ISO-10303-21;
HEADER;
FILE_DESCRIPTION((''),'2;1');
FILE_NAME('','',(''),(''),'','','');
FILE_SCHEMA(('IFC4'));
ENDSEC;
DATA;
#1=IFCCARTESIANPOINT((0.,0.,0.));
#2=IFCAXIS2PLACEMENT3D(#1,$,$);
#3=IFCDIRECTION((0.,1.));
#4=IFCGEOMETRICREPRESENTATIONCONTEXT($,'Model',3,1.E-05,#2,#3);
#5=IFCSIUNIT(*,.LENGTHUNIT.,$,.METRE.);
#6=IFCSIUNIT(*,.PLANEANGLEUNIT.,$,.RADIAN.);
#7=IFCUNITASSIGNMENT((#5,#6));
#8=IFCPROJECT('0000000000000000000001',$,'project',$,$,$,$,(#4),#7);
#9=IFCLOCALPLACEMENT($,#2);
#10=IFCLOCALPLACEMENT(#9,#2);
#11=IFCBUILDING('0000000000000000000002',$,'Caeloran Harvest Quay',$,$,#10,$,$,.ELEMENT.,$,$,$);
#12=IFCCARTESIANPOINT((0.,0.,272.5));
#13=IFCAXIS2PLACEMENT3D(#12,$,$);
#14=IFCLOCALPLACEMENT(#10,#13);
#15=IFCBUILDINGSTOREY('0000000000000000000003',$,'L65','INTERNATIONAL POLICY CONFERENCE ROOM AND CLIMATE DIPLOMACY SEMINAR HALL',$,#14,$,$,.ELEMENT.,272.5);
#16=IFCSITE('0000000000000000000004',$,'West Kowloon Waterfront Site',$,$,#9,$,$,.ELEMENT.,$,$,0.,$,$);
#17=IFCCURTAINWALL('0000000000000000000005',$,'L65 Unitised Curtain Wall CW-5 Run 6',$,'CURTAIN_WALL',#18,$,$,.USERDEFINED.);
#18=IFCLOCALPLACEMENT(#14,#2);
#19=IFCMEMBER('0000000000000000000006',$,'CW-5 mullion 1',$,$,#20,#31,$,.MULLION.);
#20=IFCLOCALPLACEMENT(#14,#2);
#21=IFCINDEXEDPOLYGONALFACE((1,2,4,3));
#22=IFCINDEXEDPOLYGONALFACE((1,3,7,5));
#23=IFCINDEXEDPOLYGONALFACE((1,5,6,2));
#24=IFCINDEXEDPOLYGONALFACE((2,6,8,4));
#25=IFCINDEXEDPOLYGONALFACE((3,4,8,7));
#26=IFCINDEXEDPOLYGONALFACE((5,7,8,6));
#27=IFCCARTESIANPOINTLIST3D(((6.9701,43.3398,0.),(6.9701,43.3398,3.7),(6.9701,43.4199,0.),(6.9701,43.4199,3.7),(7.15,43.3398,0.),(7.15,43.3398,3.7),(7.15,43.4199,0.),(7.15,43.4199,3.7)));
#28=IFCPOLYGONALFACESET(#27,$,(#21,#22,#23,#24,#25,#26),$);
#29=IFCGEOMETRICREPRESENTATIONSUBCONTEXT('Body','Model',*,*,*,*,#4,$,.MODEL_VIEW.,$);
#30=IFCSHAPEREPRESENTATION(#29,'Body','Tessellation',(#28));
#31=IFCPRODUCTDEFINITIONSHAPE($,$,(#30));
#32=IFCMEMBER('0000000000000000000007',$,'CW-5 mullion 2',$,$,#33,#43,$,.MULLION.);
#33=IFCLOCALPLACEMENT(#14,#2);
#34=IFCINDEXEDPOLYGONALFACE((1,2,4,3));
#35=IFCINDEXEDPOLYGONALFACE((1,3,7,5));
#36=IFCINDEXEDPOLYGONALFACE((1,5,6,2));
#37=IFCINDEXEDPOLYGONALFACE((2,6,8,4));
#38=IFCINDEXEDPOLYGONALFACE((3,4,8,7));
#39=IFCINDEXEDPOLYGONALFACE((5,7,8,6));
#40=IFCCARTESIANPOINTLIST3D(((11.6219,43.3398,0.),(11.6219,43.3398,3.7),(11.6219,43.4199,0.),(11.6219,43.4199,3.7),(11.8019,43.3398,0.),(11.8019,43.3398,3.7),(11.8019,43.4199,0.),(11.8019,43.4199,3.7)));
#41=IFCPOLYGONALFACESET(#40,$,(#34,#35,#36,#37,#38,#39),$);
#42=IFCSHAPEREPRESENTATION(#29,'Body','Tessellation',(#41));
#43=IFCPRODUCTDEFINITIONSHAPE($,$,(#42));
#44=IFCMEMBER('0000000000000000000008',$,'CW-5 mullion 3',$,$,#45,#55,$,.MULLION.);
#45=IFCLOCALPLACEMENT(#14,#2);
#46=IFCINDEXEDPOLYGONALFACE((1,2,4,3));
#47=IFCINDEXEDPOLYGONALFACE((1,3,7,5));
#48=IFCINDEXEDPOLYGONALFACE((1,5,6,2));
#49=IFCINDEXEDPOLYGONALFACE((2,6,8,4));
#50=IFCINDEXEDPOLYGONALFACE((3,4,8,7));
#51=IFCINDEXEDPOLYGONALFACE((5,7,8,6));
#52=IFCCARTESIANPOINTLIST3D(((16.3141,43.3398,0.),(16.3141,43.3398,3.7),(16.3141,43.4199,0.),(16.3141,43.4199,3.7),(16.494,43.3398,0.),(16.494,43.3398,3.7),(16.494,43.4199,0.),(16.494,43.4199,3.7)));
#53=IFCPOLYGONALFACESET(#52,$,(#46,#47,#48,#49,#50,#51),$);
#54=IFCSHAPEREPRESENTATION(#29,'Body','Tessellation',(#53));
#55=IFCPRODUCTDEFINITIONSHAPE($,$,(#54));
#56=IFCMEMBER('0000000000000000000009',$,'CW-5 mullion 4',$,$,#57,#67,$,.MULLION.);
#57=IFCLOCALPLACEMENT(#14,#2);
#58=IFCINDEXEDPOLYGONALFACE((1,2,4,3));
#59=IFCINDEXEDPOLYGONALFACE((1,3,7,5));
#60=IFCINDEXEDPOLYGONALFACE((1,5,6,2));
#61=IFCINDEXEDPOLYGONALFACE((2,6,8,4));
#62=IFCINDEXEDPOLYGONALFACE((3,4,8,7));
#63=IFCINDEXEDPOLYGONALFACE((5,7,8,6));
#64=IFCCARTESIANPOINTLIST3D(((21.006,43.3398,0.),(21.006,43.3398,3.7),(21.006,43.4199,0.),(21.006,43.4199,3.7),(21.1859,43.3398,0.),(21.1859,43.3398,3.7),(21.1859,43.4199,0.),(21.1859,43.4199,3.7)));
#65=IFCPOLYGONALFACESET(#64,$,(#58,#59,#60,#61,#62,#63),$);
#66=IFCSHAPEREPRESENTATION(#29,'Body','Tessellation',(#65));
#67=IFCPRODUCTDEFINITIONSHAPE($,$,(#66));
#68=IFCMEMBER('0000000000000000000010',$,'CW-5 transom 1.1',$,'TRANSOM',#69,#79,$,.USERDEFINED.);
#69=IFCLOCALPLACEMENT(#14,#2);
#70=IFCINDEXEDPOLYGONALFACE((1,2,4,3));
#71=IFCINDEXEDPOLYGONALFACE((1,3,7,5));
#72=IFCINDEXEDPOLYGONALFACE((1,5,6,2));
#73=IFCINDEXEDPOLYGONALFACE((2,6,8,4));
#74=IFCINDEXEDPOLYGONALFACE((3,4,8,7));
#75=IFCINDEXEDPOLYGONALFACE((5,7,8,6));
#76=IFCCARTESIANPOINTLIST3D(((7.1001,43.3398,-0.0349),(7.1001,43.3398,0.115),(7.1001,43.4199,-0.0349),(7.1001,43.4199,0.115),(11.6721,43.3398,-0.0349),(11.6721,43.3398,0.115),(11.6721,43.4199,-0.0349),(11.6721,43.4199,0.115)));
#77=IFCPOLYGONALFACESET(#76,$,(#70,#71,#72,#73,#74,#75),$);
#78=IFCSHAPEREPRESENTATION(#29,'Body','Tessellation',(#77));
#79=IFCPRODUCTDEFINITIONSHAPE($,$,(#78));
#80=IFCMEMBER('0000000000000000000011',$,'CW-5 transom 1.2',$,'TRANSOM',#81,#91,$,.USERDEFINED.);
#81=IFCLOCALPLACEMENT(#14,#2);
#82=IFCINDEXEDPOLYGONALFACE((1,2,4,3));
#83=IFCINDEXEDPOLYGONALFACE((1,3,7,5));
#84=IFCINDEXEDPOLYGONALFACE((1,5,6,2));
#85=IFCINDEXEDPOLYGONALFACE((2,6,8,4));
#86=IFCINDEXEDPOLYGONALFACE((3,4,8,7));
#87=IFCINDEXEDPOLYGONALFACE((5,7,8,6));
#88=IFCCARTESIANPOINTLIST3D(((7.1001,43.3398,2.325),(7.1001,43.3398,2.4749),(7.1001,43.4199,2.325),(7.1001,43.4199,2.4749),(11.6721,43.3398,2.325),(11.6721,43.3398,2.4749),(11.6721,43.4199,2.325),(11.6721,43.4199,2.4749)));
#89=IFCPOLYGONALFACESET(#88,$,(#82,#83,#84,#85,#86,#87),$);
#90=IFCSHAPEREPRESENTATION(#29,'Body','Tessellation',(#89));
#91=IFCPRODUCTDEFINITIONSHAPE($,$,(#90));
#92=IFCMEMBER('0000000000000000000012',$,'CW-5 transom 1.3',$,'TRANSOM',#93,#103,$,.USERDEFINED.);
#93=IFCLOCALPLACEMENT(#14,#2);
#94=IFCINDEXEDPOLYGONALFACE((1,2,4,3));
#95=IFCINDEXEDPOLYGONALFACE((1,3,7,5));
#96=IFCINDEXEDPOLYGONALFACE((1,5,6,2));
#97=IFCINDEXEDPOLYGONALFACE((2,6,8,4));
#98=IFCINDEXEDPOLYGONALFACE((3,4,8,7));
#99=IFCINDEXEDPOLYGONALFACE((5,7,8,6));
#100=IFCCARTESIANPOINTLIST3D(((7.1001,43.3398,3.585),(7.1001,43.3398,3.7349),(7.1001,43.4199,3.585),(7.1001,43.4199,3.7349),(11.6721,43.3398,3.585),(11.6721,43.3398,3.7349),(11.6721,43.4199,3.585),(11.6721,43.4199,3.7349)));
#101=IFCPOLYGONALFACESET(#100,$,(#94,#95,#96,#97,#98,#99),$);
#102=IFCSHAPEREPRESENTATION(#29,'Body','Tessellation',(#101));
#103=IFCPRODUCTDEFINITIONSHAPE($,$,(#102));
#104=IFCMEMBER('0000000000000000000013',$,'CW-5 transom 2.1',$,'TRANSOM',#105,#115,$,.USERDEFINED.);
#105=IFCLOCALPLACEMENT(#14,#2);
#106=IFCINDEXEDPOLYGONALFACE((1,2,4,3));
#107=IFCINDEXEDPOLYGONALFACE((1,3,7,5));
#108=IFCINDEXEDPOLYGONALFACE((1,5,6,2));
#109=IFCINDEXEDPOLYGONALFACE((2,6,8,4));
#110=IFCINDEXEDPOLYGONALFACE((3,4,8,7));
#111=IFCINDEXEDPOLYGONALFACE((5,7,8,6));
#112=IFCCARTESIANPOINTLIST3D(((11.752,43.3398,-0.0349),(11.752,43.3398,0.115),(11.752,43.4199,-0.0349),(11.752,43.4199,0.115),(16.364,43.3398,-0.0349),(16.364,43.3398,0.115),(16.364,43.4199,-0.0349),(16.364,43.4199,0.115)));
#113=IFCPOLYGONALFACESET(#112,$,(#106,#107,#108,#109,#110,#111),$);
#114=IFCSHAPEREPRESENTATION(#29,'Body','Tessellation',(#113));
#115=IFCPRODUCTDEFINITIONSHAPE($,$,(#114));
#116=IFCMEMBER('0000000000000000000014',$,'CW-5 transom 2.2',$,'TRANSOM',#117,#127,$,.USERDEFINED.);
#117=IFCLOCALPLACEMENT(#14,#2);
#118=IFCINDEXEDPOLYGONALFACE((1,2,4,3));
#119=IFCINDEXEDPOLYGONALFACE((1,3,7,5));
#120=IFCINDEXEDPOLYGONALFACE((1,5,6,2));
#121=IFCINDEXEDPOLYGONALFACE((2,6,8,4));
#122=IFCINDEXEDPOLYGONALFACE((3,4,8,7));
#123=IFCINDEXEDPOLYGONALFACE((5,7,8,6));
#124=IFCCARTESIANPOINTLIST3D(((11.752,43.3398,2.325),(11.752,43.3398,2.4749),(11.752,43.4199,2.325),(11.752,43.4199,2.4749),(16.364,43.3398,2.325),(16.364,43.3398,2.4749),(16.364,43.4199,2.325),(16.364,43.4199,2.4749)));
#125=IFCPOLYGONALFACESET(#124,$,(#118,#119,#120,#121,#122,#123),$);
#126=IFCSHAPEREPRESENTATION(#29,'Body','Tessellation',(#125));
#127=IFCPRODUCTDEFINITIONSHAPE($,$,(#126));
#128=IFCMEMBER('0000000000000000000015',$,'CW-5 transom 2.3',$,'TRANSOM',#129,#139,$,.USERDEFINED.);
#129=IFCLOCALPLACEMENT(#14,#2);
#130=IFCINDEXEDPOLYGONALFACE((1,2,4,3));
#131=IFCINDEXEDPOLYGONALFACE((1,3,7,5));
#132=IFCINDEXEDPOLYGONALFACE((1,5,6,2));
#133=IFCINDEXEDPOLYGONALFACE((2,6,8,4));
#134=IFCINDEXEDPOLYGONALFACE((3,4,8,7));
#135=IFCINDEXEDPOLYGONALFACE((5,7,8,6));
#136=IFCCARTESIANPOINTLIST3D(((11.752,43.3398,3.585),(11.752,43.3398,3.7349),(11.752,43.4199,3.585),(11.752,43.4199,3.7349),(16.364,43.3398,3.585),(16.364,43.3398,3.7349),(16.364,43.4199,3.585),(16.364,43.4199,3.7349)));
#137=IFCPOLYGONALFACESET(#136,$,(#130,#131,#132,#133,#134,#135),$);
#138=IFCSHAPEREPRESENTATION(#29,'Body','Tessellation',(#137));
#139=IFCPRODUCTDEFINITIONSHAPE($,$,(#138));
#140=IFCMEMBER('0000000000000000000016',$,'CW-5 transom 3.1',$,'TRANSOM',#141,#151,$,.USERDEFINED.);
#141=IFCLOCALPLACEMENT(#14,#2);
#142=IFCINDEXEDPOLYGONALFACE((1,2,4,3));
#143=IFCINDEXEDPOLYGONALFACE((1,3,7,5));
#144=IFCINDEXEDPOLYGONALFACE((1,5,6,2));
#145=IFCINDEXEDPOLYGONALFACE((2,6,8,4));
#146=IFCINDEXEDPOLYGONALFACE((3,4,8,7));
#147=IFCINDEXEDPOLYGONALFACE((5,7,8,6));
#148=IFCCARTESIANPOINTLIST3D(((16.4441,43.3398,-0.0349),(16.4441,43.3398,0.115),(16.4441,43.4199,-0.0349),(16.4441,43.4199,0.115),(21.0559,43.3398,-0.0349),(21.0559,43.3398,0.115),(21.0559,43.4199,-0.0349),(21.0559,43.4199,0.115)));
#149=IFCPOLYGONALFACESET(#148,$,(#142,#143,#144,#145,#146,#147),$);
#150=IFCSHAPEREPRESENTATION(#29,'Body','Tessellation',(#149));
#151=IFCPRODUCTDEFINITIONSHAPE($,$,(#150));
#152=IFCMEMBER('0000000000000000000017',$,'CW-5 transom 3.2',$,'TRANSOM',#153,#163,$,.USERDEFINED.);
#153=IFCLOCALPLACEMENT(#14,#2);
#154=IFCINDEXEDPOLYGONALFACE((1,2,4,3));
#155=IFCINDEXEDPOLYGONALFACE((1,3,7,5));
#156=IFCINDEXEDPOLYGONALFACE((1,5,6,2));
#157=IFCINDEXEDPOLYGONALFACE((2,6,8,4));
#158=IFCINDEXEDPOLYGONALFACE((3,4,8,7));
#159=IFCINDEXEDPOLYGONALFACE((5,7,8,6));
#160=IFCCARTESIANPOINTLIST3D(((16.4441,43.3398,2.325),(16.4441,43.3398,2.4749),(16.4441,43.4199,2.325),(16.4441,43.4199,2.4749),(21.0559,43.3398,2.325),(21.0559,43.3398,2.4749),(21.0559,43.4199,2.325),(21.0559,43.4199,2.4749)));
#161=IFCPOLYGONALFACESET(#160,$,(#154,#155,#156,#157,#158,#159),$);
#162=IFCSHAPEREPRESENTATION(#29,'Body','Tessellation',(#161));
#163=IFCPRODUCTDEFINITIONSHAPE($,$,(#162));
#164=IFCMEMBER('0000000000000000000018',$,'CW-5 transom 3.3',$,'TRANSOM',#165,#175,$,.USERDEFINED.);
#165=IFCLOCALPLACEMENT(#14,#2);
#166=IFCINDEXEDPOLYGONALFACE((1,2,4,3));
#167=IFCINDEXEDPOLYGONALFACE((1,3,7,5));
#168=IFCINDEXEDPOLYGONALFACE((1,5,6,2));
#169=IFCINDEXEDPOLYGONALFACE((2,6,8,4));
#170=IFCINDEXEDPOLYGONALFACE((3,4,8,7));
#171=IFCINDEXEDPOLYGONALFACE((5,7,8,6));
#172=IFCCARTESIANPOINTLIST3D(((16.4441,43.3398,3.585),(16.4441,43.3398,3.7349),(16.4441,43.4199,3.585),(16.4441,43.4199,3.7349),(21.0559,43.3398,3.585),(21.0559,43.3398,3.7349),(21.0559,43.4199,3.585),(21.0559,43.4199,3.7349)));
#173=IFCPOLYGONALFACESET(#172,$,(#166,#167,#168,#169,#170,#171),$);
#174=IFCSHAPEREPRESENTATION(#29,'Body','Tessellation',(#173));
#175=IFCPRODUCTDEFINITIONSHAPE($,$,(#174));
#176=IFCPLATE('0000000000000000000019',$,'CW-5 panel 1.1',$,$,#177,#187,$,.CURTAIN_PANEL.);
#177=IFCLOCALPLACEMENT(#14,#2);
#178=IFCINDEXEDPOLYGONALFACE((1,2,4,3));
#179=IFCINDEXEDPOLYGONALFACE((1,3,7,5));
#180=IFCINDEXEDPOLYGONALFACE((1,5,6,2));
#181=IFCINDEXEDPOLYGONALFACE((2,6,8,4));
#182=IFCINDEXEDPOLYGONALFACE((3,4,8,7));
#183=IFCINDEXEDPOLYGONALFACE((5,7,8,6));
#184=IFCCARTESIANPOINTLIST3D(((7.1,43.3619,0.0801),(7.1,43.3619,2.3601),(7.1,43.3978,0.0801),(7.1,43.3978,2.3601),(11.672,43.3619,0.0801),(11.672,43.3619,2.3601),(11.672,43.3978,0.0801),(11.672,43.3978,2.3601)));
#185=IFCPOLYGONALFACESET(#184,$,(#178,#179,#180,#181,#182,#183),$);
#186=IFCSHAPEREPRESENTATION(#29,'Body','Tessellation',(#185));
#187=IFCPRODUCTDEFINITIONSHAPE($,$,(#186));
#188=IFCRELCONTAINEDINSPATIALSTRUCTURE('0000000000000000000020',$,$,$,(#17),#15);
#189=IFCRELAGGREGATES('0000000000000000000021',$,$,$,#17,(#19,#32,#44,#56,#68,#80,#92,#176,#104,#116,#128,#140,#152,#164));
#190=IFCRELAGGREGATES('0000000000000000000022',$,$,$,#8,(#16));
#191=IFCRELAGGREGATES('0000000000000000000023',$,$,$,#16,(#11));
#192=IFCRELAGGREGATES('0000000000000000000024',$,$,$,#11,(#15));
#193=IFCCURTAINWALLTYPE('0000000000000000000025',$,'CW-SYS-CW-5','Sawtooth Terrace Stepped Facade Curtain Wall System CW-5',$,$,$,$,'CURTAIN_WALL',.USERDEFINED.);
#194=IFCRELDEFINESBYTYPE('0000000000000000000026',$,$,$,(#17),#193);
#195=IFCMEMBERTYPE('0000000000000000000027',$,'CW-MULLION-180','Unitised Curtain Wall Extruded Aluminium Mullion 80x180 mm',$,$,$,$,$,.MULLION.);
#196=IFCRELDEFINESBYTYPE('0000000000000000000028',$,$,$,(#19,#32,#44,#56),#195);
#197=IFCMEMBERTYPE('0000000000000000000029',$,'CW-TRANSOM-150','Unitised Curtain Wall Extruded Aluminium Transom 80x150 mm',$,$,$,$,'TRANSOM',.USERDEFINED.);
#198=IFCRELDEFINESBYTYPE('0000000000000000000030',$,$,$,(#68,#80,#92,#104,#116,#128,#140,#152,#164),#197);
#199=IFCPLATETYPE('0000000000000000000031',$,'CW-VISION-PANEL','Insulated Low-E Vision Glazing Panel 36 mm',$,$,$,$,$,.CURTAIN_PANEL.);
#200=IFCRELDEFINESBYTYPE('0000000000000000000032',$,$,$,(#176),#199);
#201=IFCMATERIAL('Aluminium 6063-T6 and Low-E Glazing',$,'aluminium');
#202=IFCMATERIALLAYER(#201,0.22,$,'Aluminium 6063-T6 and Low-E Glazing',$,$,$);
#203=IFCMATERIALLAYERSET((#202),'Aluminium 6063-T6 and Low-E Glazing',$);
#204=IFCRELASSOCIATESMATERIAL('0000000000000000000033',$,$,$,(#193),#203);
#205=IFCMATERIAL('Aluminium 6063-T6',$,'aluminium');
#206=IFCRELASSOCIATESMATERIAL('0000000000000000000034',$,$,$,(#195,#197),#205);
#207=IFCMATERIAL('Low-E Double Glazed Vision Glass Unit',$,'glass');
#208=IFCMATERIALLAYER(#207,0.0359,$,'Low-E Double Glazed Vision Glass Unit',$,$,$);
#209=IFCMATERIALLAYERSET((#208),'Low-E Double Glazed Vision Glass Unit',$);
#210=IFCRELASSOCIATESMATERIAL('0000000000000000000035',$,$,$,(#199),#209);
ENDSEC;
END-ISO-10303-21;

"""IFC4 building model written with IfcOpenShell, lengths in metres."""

from ifc_helpers import new_model, si_unit, direction, frame, origin, origin_2d, place, context, subcontext, project, spatial, rectangle, extrude, material, layer, layer_set, material_profile, profile_set, type_object, element, aggregate, save


model = new_model("IFC4")

# Units and contexts
model_context = context("Model", 3, precision=1e-05, world=origin(), true_north=direction((0.0, 1.0)))
body_context = subcontext(model_context, "Body", "Model", "MODEL_VIEW")
ifc_project = project(units=[si_unit("LENGTHUNIT", "METRE"), si_unit("PLANEANGLEUNIT", "RADIAN")], contexts=[model_context])

# Site, building, storey
site_placement = place(None, origin())
site = spatial("IfcSite", under=ifc_project, at=site_placement, Name="West Kowloon Waterfront Site", CompositionType="ELEMENT", RefElevation=0.0)
building_placement = place(site_placement, origin())
building = spatial("IfcBuilding", under=site, at=building_placement, Name="Caeloran Harvest Quay", CompositionType="ELEMENT")
storey_placement = place(building_placement, frame((0.0, 0.0, 272.5)))
storey = spatial("IfcBuildingStorey", under=building, at=storey_placement, Name="L65", Description="INTERNATIONAL POLICY CONFERENCE ROOM AND CLIMATE DIPLOMACY SEMINAR HALL", CompositionType="ELEMENT", Elevation=272.5)

# Curtain wall, members, plate
ifc_material_1 = material(Name="Aluminium 6063-T6 and Low-E Glazing", Category="aluminium")
ifc_layer_1 = layer(ifc_material_1, 0.22, Name="Aluminium 6063-T6 and Low-E Glazing")
ifc_layer_set_1 = layer_set([ifc_layer_1], Name="Aluminium 6063-T6 and Low-E Glazing")
curtain_wall_type = type_object("IfcCurtainWallType", Name="CW-SYS-CW-5", Description="Sawtooth Terrace Stepped Facade Curtain Wall System CW-5", ElementType="CURTAIN_WALL", PredefinedType="USERDEFINED", material=ifc_layer_set_1)
curtain_wall_placement = place(storey_placement, origin())
curtain_wall = element("IfcCurtainWall", 1, at=curtain_wall_placement, inside=storey, type_object=curtain_wall_type, Name="L65 Unitised Curtain Wall CW-5 Run 6", ObjectType="CURTAIN_WALL", PredefinedType="USERDEFINED")
ifc_material_2 = material(Name="Aluminium 6063-T6", Category="aluminium")
ifc_material_profile_1 = material_profile(ifc_material_2, rectangle(XDim=0.0801, YDim=0.1799, at=origin_2d()), Name="CW-MULLION-180")
ifc_profile_set_1 = profile_set([ifc_material_profile_1], Name="Aluminium 6063-T6")
member_type_1 = type_object("IfcMemberType", Name="CW-MULLION-180", Description="Unitised Curtain Wall Extruded Aluminium Mullion 80x180 mm", PredefinedType="MULLION", material=ifc_profile_set_1)
member_1_placement = place(storey_placement, frame((7.0601, 43.3799, 0.0), z_axis=(0.0, 0.0, 1.0), x_axis=(0.0, 1.0, 0.0)))
member_1 = element("IfcMember", 2, at=member_1_placement, type_object=member_type_1, Name="CW-5 mullion 1", PredefinedType="MULLION", context=body_context, shape_type="SweptSolid", body=[
    extrude(rectangle(XDim=0.0801, YDim=0.1799, at=origin_2d()), origin(), (0.0, 0.0, 1.0), 3.7),
])
member_2_placement = place(storey_placement, frame((11.7119, 43.3799, 0.0), z_axis=(0.0, 0.0, 1.0), x_axis=(0.0, 1.0, 0.0)))
member_2 = element("IfcMember", 3, at=member_2_placement, type_object=member_type_1, Name="CW-5 mullion 2", PredefinedType="MULLION", context=body_context, shape_type="SweptSolid", body=[
    extrude(rectangle(XDim=0.0801, YDim=0.1799, at=origin_2d()), origin(), (0.0, 0.0, 1.0), 3.7),
])
member_3_placement = place(storey_placement, frame((16.4041, 43.3799, 0.0), z_axis=(0.0, 0.0, 1.0), x_axis=(0.0, 1.0, 0.0)))
member_3 = element("IfcMember", 4, at=member_3_placement, type_object=member_type_1, Name="CW-5 mullion 3", PredefinedType="MULLION", context=body_context, shape_type="SweptSolid", body=[
    extrude(rectangle(XDim=0.0801, YDim=0.1799, at=origin_2d()), origin(), (0.0, 0.0, 1.0), 3.7),
])
member_4_placement = place(storey_placement, frame((21.0959, 43.3799, 0.0), z_axis=(0.0, 0.0, 1.0), x_axis=(0.0, 1.0, 0.0)))
member_4 = element("IfcMember", 5, at=member_4_placement, type_object=member_type_1, Name="CW-5 mullion 4", PredefinedType="MULLION", context=body_context, shape_type="SweptSolid", body=[
    extrude(rectangle(XDim=0.0801, YDim=0.1799, at=origin_2d()), origin(), (0.0, 0.0, 1.0), 3.7),
])
ifc_material_profile_2 = material_profile(ifc_material_2, rectangle(XDim=0.0801, YDim=0.1499, at=origin_2d()), Name="CW-TRANSOM-150")
ifc_profile_set_2 = profile_set([ifc_material_profile_2], Name="Aluminium 6063-T6")
member_type_2 = type_object("IfcMemberType", Name="CW-TRANSOM-150", Description="Unitised Curtain Wall Extruded Aluminium Transom 80x150 mm", ElementType="TRANSOM", PredefinedType="USERDEFINED", material=ifc_profile_set_2)
member_5_placement = place(storey_placement, frame((7.1001, 43.3799, 0.04), z_axis=(1.0, 0.0, 0.0), x_axis=(0.0, 1.0, 0.0)))
member_5 = element("IfcMember", 6, at=member_5_placement, type_object=member_type_2, Name="CW-5 transom 1.1", ObjectType="TRANSOM", PredefinedType="USERDEFINED", context=body_context, shape_type="SweptSolid", body=[
    extrude(rectangle(XDim=0.0801, YDim=0.1499, at=origin_2d()), origin(), (0.0, 0.0, 1.0), 4.572),
])
member_6_placement = place(storey_placement, frame((7.1001, 43.3799, 2.3999), z_axis=(1.0, 0.0, 0.0), x_axis=(0.0, 1.0, 0.0)))
member_6 = element("IfcMember", 7, at=member_6_placement, type_object=member_type_2, Name="CW-5 transom 1.2", ObjectType="TRANSOM", PredefinedType="USERDEFINED", context=body_context, shape_type="SweptSolid", body=[
    extrude(rectangle(XDim=0.0801, YDim=0.1499, at=origin_2d()), origin(), (0.0, 0.0, 1.0), 4.572),
])
member_7_placement = place(storey_placement, frame((7.1001, 43.3799, 3.6599), z_axis=(1.0, 0.0, 0.0), x_axis=(0.0, 1.0, 0.0)))
member_7 = element("IfcMember", 8, at=member_7_placement, type_object=member_type_2, Name="CW-5 transom 1.3", ObjectType="TRANSOM", PredefinedType="USERDEFINED", context=body_context, shape_type="SweptSolid", body=[
    extrude(rectangle(XDim=0.0801, YDim=0.1499, at=origin_2d()), origin(), (0.0, 0.0, 1.0), 4.572),
])
member_8_placement = place(storey_placement, frame((11.752, 43.3799, 0.04), z_axis=(1.0, 0.0, 0.0), x_axis=(0.0, 1.0, 0.0)))
member_8 = element("IfcMember", 9, at=member_8_placement, type_object=member_type_2, Name="CW-5 transom 2.1", ObjectType="TRANSOM", PredefinedType="USERDEFINED", context=body_context, shape_type="SweptSolid", body=[
    extrude(rectangle(XDim=0.0801, YDim=0.1499, at=origin_2d()), origin(), (0.0, 0.0, 1.0), 4.6121),
])
member_9_placement = place(storey_placement, frame((11.752, 43.3799, 2.3999), z_axis=(1.0, 0.0, 0.0), x_axis=(0.0, 1.0, 0.0)))
member_9 = element("IfcMember", 10, at=member_9_placement, type_object=member_type_2, Name="CW-5 transom 2.2", ObjectType="TRANSOM", PredefinedType="USERDEFINED", context=body_context, shape_type="SweptSolid", body=[
    extrude(rectangle(XDim=0.0801, YDim=0.1499, at=origin_2d()), origin(), (0.0, 0.0, 1.0), 4.6121),
])
member_10_placement = place(storey_placement, frame((11.752, 43.3799, 3.6599), z_axis=(1.0, 0.0, 0.0), x_axis=(0.0, 1.0, 0.0)))
member_10 = element("IfcMember", 11, at=member_10_placement, type_object=member_type_2, Name="CW-5 transom 2.3", ObjectType="TRANSOM", PredefinedType="USERDEFINED", context=body_context, shape_type="SweptSolid", body=[
    extrude(rectangle(XDim=0.0801, YDim=0.1499, at=origin_2d()), origin(), (0.0, 0.0, 1.0), 4.6121),
])
member_11_placement = place(storey_placement, frame((16.4441, 43.3799, 0.04), z_axis=(1.0, 0.0, 0.0), x_axis=(0.0, 1.0, 0.0)))
member_11 = element("IfcMember", 12, at=member_11_placement, type_object=member_type_2, Name="CW-5 transom 3.1", ObjectType="TRANSOM", PredefinedType="USERDEFINED", context=body_context, shape_type="SweptSolid", body=[
    extrude(rectangle(XDim=0.0801, YDim=0.1499, at=origin_2d()), origin(), (0.0, 0.0, 1.0), 4.6118),
])
member_12_placement = place(storey_placement, frame((16.4441, 43.3799, 2.3999), z_axis=(1.0, 0.0, 0.0), x_axis=(0.0, 1.0, 0.0)))
member_12 = element("IfcMember", 13, at=member_12_placement, type_object=member_type_2, Name="CW-5 transom 3.2", ObjectType="TRANSOM", PredefinedType="USERDEFINED", context=body_context, shape_type="SweptSolid", body=[
    extrude(rectangle(XDim=0.0801, YDim=0.1499, at=origin_2d()), origin(), (0.0, 0.0, 1.0), 4.6118),
])
member_13_placement = place(storey_placement, frame((16.4441, 43.3799, 3.6599), z_axis=(1.0, 0.0, 0.0), x_axis=(0.0, 1.0, 0.0)))
member_13 = element("IfcMember", 14, at=member_13_placement, type_object=member_type_2, Name="CW-5 transom 3.3", ObjectType="TRANSOM", PredefinedType="USERDEFINED", context=body_context, shape_type="SweptSolid", body=[
    extrude(rectangle(XDim=0.0801, YDim=0.1499, at=origin_2d()), origin(), (0.0, 0.0, 1.0), 4.6118),
])
ifc_material_3 = material(Name="Low-E Double Glazed Vision Glass Unit", Category="glass")
ifc_layer_2 = layer(ifc_material_3, 0.0359, Name="Low-E Double Glazed Vision Glass Unit")
ifc_layer_set_2 = layer_set([ifc_layer_2], Name="Low-E Double Glazed Vision Glass Unit")
plate_type = type_object("IfcPlateType", Name="CW-VISION-PANEL", Description="Insulated Low-E Vision Glazing Panel 36 mm", PredefinedType="CURTAIN_PANEL", material=ifc_layer_set_2)
plate_1_placement = place(storey_placement, frame((9.386, 43.3799, 0.0801), z_axis=(0.0, 0.0, 1.0), x_axis=(1.0, 0.0, 0.0)))
plate_1 = element("IfcPlate", 15, at=plate_1_placement, type_object=plate_type, Name="CW-5 panel 1.1", PredefinedType="CURTAIN_PANEL", context=body_context, shape_type="SweptSolid", body=[
    extrude(rectangle(XDim=4.572, YDim=0.0359, at=origin_2d()), origin(), (0.0, 0.0, 1.0), 2.28),
])
aggregate(curtain_wall, [member_1, member_2, member_3, member_4, member_5, member_6, member_7, plate_1, member_8, member_9, member_10, member_11, member_12, member_13])

save(model, "model.ifc")
